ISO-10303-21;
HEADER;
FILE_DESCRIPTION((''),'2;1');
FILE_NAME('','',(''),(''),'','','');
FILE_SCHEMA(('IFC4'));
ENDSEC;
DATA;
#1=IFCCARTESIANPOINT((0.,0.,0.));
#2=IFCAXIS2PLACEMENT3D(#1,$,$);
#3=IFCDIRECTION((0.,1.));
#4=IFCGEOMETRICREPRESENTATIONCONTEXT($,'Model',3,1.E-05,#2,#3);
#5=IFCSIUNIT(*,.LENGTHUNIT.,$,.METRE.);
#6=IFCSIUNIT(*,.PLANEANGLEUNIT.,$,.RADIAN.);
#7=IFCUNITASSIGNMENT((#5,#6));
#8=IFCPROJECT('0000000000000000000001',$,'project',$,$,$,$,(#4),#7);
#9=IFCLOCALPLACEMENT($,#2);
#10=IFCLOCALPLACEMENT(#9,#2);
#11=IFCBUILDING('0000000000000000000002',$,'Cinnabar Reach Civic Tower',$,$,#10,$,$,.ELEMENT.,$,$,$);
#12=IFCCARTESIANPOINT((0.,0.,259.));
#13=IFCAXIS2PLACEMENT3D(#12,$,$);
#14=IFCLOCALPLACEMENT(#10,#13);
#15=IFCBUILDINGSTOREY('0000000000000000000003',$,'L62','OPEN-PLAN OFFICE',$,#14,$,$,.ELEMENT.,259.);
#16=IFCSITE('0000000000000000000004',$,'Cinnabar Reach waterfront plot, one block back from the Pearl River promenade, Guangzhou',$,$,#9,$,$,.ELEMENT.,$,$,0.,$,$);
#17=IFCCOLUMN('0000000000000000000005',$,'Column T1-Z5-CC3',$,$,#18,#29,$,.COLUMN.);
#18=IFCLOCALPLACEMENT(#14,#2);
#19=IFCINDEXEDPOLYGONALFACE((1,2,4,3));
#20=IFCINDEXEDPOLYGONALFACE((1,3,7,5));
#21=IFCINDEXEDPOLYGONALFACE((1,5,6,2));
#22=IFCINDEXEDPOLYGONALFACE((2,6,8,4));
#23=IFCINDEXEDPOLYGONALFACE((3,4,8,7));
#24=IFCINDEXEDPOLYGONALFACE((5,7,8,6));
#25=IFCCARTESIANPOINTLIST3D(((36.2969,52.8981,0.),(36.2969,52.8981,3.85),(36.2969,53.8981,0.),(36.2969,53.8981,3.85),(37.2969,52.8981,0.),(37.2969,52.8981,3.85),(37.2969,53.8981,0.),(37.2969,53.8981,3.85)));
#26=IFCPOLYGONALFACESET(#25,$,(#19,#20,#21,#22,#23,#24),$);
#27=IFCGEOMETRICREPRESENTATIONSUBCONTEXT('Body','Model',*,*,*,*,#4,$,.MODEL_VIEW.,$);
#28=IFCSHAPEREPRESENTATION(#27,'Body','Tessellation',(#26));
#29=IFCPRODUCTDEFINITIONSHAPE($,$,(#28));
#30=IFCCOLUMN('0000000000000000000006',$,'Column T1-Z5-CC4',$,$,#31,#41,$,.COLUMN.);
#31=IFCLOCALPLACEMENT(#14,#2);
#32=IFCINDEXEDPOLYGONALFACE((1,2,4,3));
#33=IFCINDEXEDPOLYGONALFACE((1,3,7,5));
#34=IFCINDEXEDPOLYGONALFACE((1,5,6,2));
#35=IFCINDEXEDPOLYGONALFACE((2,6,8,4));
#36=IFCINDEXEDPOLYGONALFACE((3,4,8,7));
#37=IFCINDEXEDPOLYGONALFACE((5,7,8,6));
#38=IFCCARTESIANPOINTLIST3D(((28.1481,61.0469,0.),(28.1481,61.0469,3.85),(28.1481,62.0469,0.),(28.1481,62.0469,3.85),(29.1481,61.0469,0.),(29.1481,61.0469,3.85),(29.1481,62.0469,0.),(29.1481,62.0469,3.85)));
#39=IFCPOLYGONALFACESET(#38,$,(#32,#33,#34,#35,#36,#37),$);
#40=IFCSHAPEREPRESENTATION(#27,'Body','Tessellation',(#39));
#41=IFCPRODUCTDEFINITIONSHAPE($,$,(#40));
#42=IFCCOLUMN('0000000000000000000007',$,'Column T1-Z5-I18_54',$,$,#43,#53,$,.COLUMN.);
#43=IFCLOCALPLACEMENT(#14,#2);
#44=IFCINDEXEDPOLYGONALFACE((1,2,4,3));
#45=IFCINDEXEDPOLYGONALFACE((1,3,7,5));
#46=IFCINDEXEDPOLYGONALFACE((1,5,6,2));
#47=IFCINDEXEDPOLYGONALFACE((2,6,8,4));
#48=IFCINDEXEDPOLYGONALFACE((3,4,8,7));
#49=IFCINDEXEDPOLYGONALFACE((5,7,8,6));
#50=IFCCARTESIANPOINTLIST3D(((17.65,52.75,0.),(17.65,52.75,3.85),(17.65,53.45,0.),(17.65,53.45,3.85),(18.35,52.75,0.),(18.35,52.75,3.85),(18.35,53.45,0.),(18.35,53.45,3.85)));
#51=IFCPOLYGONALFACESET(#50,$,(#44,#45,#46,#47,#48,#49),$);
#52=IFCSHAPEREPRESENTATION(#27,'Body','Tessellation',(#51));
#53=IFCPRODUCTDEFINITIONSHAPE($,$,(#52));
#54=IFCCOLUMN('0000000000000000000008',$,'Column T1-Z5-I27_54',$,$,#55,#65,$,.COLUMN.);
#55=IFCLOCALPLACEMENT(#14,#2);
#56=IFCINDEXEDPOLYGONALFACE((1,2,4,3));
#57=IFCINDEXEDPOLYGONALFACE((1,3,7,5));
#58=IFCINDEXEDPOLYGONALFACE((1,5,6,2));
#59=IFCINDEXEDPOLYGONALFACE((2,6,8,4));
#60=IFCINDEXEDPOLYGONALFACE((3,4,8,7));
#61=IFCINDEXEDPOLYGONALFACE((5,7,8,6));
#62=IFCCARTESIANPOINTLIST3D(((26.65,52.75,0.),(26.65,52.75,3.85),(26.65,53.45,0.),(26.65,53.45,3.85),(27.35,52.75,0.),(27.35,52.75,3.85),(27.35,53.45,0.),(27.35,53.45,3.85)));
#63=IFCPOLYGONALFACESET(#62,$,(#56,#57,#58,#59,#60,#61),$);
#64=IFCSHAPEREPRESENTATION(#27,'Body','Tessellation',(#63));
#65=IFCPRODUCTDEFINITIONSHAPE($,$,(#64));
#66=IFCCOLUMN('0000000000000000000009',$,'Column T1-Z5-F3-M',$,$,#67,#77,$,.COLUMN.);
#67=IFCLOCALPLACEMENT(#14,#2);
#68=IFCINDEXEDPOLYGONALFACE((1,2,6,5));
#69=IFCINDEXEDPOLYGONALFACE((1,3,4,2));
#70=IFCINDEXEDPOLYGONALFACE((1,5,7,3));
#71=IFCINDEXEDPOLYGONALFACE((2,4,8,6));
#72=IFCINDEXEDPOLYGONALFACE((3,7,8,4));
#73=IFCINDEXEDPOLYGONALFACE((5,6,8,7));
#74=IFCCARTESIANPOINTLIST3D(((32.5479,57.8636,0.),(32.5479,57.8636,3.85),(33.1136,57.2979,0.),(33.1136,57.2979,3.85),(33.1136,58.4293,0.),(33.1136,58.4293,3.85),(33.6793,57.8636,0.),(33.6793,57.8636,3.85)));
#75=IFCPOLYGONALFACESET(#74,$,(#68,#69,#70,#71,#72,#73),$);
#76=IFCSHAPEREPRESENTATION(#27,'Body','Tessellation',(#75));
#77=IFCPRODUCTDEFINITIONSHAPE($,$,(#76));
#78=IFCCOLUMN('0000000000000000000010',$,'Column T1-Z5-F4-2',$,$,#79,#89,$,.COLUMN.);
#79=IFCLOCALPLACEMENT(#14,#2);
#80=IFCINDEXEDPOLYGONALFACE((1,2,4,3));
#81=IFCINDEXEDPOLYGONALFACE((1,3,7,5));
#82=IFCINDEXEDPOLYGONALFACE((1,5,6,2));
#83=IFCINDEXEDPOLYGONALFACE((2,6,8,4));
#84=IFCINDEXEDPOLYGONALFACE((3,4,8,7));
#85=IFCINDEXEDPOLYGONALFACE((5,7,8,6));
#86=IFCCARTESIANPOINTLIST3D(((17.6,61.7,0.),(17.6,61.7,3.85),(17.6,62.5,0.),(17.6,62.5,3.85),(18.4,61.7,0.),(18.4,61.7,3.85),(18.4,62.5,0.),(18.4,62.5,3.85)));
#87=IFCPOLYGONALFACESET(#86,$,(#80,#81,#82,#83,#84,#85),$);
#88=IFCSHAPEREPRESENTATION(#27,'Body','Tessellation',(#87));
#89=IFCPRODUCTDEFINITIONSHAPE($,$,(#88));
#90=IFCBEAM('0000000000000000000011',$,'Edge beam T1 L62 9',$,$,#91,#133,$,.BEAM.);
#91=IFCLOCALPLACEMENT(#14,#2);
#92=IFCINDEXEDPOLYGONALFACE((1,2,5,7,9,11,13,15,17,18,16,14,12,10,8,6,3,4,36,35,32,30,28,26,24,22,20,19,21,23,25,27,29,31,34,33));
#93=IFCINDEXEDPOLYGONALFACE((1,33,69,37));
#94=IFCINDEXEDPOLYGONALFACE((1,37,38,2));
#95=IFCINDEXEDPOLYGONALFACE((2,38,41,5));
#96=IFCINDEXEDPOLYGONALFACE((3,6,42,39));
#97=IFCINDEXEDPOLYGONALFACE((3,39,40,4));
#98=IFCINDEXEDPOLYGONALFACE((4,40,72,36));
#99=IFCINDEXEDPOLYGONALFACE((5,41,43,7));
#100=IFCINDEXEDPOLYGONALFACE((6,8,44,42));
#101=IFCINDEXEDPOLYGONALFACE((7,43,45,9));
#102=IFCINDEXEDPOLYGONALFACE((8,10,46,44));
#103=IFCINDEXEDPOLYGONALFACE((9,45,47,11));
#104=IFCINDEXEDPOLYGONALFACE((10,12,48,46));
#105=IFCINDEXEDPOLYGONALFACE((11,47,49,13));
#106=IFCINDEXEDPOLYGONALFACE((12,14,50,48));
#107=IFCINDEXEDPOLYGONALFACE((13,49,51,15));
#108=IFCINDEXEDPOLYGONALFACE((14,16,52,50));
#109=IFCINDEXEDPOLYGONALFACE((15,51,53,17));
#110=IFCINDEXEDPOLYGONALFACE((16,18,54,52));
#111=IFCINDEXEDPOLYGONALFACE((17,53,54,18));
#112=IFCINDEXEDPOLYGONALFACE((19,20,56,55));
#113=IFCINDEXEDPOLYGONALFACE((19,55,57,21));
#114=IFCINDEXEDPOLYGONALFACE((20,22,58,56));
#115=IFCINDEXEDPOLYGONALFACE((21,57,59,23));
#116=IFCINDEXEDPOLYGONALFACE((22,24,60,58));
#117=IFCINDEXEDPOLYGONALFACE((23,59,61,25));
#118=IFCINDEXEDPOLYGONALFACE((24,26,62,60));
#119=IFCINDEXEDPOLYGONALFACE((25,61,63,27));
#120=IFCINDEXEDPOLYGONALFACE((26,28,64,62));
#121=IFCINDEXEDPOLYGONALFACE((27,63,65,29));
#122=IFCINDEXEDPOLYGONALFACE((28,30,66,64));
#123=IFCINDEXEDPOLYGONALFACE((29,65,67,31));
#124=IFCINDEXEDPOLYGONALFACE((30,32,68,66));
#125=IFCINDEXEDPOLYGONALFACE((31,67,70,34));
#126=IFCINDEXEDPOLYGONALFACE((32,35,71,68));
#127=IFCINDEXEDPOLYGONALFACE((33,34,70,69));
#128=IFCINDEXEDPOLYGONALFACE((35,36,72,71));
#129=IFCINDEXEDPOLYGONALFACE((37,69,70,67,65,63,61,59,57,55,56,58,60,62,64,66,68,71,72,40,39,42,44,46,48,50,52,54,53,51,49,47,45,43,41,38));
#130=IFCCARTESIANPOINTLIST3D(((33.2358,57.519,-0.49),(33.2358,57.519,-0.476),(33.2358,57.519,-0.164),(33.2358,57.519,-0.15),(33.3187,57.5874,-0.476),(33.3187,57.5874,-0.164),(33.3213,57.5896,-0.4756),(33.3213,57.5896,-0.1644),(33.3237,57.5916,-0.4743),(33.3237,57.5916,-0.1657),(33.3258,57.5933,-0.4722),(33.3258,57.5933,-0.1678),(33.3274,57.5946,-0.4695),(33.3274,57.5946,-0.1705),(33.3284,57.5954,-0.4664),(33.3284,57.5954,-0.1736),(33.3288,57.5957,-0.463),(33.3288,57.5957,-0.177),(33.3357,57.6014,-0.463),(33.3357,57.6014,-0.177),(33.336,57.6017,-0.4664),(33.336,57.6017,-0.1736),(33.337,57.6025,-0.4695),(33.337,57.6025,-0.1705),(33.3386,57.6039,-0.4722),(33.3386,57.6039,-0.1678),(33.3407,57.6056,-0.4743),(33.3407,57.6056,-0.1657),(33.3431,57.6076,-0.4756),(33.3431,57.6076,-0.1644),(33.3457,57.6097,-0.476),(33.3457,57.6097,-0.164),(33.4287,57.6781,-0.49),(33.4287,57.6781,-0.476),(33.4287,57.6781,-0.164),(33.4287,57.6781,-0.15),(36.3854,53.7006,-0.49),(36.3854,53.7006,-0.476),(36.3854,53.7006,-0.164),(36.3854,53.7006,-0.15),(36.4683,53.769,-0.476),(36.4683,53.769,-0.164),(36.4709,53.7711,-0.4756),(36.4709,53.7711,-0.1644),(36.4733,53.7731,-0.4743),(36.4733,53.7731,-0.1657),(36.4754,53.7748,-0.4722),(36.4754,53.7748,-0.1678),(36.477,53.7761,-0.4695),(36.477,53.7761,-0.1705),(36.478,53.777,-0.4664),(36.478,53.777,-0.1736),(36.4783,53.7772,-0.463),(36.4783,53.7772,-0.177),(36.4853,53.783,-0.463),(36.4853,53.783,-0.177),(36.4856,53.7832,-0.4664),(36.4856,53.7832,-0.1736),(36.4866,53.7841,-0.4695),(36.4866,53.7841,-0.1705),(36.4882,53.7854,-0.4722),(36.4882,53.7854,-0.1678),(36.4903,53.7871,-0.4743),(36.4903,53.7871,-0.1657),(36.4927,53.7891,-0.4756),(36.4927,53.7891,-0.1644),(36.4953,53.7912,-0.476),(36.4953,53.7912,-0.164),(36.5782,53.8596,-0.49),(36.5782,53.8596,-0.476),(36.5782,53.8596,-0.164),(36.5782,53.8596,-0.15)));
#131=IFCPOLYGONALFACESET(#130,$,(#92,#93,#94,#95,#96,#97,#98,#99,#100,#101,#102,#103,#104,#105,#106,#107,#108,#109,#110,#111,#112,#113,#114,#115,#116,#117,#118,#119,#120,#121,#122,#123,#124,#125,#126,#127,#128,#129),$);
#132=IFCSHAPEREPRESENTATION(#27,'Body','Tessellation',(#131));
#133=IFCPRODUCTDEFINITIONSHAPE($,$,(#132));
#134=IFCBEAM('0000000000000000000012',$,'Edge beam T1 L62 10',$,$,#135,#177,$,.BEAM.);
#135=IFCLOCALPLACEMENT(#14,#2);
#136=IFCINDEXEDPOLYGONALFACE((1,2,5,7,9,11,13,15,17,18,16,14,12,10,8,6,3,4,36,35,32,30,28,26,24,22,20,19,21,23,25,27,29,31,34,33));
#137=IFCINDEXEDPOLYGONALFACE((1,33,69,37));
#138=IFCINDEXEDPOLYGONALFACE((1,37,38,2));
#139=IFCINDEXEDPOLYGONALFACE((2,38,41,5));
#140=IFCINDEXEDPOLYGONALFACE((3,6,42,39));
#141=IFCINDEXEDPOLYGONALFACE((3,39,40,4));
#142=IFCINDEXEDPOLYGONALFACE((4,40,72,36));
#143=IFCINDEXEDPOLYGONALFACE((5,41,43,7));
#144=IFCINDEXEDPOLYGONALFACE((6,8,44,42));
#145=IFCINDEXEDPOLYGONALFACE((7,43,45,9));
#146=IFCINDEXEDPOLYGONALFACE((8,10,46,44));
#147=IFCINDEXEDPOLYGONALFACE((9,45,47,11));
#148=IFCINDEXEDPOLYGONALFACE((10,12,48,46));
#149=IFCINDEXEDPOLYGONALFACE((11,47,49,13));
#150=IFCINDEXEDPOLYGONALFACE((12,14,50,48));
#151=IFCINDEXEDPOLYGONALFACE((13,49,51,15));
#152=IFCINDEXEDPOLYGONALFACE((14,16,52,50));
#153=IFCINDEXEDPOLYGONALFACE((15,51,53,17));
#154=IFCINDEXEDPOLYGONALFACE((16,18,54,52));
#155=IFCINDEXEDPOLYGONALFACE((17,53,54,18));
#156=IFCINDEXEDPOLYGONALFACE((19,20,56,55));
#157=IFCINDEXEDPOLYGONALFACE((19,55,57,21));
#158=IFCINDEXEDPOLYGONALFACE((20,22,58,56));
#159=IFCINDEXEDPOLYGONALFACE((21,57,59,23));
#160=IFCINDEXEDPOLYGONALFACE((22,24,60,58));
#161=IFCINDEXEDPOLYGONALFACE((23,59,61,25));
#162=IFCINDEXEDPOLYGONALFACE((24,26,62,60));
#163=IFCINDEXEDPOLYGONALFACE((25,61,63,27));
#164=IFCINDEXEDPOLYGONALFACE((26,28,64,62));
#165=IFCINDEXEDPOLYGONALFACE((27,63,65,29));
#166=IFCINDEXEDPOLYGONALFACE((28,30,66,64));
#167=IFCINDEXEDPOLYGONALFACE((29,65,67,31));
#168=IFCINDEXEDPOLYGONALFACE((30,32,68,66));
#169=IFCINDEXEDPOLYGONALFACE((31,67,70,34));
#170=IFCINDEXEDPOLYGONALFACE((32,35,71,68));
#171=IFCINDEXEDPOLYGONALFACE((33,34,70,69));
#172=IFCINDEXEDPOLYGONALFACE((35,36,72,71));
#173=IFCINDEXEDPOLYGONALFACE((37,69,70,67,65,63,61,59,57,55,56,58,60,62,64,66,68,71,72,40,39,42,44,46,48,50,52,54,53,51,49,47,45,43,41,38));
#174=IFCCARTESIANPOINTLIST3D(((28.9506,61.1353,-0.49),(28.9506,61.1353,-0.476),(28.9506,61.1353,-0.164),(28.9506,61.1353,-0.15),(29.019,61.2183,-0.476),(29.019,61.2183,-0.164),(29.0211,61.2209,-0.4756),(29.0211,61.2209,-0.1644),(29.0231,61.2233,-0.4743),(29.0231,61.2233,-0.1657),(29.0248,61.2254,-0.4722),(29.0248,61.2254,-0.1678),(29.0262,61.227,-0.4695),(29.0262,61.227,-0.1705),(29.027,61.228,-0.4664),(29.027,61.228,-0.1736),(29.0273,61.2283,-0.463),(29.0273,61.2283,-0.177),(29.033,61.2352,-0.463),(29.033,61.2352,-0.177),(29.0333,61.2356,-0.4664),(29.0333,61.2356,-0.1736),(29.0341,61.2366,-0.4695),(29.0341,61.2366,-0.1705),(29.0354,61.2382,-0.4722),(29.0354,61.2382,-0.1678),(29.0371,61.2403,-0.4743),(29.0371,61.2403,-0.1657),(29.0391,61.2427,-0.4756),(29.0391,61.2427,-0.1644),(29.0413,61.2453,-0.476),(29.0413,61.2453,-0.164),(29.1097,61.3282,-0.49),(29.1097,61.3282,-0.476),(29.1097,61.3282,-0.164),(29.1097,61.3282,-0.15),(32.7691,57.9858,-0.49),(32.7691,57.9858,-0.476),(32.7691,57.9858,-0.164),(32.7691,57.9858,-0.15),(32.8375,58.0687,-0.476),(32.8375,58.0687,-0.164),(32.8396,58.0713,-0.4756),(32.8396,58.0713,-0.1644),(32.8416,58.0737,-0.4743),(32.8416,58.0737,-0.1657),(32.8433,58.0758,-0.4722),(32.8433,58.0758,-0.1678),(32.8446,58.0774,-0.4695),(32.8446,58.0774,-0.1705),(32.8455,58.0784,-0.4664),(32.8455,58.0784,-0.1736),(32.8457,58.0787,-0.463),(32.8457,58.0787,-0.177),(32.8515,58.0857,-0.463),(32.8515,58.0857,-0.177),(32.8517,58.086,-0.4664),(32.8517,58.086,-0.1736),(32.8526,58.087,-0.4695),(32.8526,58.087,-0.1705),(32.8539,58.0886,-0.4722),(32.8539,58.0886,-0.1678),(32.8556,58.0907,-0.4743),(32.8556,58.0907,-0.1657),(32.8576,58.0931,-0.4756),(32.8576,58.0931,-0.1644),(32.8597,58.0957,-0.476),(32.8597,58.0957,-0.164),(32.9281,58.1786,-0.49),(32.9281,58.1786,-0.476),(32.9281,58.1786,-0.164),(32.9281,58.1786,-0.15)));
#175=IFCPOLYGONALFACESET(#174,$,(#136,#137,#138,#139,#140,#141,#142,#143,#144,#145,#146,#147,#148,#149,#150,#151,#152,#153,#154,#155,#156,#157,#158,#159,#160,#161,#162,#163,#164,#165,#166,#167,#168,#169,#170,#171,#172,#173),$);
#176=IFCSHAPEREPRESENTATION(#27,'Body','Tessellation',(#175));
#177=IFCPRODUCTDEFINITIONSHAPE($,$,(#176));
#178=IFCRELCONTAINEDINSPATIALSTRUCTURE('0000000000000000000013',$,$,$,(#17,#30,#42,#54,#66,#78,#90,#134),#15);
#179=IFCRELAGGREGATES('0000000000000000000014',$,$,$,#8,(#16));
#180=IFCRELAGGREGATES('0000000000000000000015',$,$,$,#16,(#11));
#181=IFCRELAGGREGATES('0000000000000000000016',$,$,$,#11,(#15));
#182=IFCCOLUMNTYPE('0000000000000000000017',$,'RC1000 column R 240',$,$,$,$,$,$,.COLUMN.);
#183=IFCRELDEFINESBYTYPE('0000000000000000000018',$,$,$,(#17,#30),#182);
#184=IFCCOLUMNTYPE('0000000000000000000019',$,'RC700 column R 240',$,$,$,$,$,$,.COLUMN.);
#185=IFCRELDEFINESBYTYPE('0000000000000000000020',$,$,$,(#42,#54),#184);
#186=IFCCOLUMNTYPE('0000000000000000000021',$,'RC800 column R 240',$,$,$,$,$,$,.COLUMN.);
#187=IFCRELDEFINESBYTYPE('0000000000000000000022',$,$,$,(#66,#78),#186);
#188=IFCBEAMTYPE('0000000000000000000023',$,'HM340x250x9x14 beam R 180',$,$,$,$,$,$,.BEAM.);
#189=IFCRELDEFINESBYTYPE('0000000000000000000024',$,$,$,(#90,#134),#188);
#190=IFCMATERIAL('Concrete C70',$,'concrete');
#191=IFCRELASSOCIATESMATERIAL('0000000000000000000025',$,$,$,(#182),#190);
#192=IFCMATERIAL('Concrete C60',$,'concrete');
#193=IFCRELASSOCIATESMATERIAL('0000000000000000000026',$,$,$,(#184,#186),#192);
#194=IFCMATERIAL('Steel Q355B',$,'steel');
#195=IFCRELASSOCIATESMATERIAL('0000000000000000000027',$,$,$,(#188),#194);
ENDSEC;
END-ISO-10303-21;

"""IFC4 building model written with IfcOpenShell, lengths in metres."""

from ifc_helpers import new_model, si_unit, direction, frame, origin, origin_2d, place, context, subcontext, project, spatial, rectangle, i_section, extrude, material, material_profile, profile_set, type_object, element, save


model = new_model("IFC4")

# Units and contexts
model_context = context("Model", 3, precision=1e-05, world=origin(), true_north=direction((0.0, 1.0)))
body_context = subcontext(model_context, "Body", "Model", "MODEL_VIEW")
ifc_project = project(units=[si_unit("LENGTHUNIT", "METRE"), si_unit("PLANEANGLEUNIT", "RADIAN")], contexts=[model_context])

# Site, building, storey
site_placement = place(None, origin())
site = spatial("IfcSite", under=ifc_project, at=site_placement, Name="Cinnabar Reach waterfront plot, one block back from the Pearl River promenade, Guangzhou", CompositionType="ELEMENT", RefElevation=0.0)
building_placement = place(site_placement, origin())
building = spatial("IfcBuilding", under=site, at=building_placement, Name="Cinnabar Reach Civic Tower", CompositionType="ELEMENT")
storey_placement = place(building_placement, frame((0.0, 0.0, 259.0)))
storey = spatial("IfcBuildingStorey", under=building, at=storey_placement, Name="L62", Description="OPEN-PLAN OFFICE", CompositionType="ELEMENT", Elevation=259.0)

# Columns
ifc_material_1 = material(Name="Concrete C70", Category="concrete")
ifc_material_profile_1 = material_profile(ifc_material_1, rectangle(XDim=1.0, YDim=1.0, at=origin_2d()), Name="RC1000")
ifc_profile_set_1 = profile_set([ifc_material_profile_1], Name="Concrete C70")
column_type_1 = type_object("IfcColumnType", Name="RC1000 column R 240", PredefinedType="COLUMN", material=ifc_profile_set_1)
for number, where, z_axis, x_axis, name in (
    (1, (36.7969, 53.3981, 0.0), (0.0, 0.0, 1.0), (1.0, 0.0, 0.0), "Column T1-Z5-CC3"),
    (2, (28.6481, 61.5469, 0.0), (0.0, 0.0, 1.0), (1.0, 0.0, 0.0), "Column T1-Z5-CC4"),
):
    element("IfcColumn", number, at=place(storey_placement, frame(where, z_axis=z_axis, x_axis=x_axis)), inside=storey, type_object=column_type_1, Name=name, PredefinedType="COLUMN", context=body_context, shape_type="SweptSolid", body=[
        extrude(rectangle(XDim=1.0, YDim=1.0, at=origin_2d()), origin(), (0.0, 0.0, 1.0), 3.85),
    ])
ifc_material_2 = material(Name="Concrete C60", Category="concrete")
ifc_material_profile_2 = material_profile(ifc_material_2, rectangle(XDim=0.7, YDim=0.7, at=origin_2d()), Name="RC700")
ifc_profile_set_2 = profile_set([ifc_material_profile_2], Name="Concrete C60")
column_type_2 = type_object("IfcColumnType", Name="RC700 column R 240", PredefinedType="COLUMN", material=ifc_profile_set_2)
for number, where, z_axis, x_axis, name in (
    (3, (18.0, 53.1, 0.0), (0.0, 0.0, 1.0), (1.0, 0.0, 0.0), "Column T1-Z5-I18_54"),
    (4, (27.0, 53.1, 0.0), (0.0, 0.0, 1.0), (1.0, 0.0, 0.0), "Column T1-Z5-I27_54"),
):
    element("IfcColumn", number, at=place(storey_placement, frame(where, z_axis=z_axis, x_axis=x_axis)), inside=storey, type_object=column_type_2, Name=name, PredefinedType="COLUMN", context=body_context, shape_type="SweptSolid", body=[
        extrude(rectangle(XDim=0.7, YDim=0.7, at=origin_2d()), origin(), (0.0, 0.0, 1.0), 3.85),
    ])
ifc_material_profile_3 = material_profile(ifc_material_2, rectangle(XDim=0.8, YDim=0.8, at=origin_2d()), Name="RC800")
ifc_profile_set_3 = profile_set([ifc_material_profile_3], Name="Concrete C60")
column_type_3 = type_object("IfcColumnType", Name="RC800 column R 240", PredefinedType="COLUMN", material=ifc_profile_set_3)
for number, where, z_axis, x_axis, name in (
    (5, (33.1136, 57.8636, 0.0), (0.0, 0.0, 1.0), (0.707107, 0.707107, 0.0), "Column T1-Z5-F3-M"),
    (6, (18.0, 62.1, 0.0), (0.0, 0.0, 1.0), (1.0, 0.0, 0.0), "Column T1-Z5-F4-2"),
):
    element("IfcColumn", number, at=place(storey_placement, frame(where, z_axis=z_axis, x_axis=x_axis)), inside=storey, type_object=column_type_3, Name=name, PredefinedType="COLUMN", context=body_context, shape_type="SweptSolid", body=[
        extrude(rectangle(XDim=0.8, YDim=0.8, at=origin_2d()), origin(), (0.0, 0.0, 1.0), 3.85),
    ])

# Beams
ifc_material_3 = material(Name="Steel Q355B", Category="steel")
ifc_material_profile_4 = material_profile(ifc_material_3, i_section(OverallWidth=0.25, OverallDepth=0.34, WebThickness=0.009, FlangeThickness=0.014, FilletRadius=0.013, at=origin_2d()), Name="HM340x250x9x14")
ifc_profile_set_4 = profile_set([ifc_material_profile_4], Name="Steel Q355B")
beam_type_1 = type_object("IfcBeamType", Name="HM340x250x9x14 beam R 180", PredefinedType="BEAM", material=ifc_profile_set_4)
for number, where, z_axis, x_axis, name in (
    (7, (36.4818, 53.7801, -0.32), (-0.636303, 0.771439, 0.0), (-0.771439, -0.636303, 0.0), "Edge beam T1 L62 9"),
    (8, (32.8486, 58.0822, -0.32), (-0.771439, 0.636303, 0.0), (-0.636303, -0.771439, 0.0), "Edge beam T1 L62 10"),
):
    element("IfcBeam", number, at=place(storey_placement, frame(where, z_axis=z_axis, x_axis=x_axis)), inside=storey, type_object=beam_type_1, Name=name, PredefinedType="BEAM", context=body_context, shape_type="SweptSolid", body=[
        extrude(i_section(OverallWidth=0.25, OverallDepth=0.34, WebThickness=0.009, FlangeThickness=0.014, FilletRadius=0.013, at=origin_2d()), origin(), (0.0, 0.0, 1.0), 4.9498),
    ])

save(model, "model.ifc")
